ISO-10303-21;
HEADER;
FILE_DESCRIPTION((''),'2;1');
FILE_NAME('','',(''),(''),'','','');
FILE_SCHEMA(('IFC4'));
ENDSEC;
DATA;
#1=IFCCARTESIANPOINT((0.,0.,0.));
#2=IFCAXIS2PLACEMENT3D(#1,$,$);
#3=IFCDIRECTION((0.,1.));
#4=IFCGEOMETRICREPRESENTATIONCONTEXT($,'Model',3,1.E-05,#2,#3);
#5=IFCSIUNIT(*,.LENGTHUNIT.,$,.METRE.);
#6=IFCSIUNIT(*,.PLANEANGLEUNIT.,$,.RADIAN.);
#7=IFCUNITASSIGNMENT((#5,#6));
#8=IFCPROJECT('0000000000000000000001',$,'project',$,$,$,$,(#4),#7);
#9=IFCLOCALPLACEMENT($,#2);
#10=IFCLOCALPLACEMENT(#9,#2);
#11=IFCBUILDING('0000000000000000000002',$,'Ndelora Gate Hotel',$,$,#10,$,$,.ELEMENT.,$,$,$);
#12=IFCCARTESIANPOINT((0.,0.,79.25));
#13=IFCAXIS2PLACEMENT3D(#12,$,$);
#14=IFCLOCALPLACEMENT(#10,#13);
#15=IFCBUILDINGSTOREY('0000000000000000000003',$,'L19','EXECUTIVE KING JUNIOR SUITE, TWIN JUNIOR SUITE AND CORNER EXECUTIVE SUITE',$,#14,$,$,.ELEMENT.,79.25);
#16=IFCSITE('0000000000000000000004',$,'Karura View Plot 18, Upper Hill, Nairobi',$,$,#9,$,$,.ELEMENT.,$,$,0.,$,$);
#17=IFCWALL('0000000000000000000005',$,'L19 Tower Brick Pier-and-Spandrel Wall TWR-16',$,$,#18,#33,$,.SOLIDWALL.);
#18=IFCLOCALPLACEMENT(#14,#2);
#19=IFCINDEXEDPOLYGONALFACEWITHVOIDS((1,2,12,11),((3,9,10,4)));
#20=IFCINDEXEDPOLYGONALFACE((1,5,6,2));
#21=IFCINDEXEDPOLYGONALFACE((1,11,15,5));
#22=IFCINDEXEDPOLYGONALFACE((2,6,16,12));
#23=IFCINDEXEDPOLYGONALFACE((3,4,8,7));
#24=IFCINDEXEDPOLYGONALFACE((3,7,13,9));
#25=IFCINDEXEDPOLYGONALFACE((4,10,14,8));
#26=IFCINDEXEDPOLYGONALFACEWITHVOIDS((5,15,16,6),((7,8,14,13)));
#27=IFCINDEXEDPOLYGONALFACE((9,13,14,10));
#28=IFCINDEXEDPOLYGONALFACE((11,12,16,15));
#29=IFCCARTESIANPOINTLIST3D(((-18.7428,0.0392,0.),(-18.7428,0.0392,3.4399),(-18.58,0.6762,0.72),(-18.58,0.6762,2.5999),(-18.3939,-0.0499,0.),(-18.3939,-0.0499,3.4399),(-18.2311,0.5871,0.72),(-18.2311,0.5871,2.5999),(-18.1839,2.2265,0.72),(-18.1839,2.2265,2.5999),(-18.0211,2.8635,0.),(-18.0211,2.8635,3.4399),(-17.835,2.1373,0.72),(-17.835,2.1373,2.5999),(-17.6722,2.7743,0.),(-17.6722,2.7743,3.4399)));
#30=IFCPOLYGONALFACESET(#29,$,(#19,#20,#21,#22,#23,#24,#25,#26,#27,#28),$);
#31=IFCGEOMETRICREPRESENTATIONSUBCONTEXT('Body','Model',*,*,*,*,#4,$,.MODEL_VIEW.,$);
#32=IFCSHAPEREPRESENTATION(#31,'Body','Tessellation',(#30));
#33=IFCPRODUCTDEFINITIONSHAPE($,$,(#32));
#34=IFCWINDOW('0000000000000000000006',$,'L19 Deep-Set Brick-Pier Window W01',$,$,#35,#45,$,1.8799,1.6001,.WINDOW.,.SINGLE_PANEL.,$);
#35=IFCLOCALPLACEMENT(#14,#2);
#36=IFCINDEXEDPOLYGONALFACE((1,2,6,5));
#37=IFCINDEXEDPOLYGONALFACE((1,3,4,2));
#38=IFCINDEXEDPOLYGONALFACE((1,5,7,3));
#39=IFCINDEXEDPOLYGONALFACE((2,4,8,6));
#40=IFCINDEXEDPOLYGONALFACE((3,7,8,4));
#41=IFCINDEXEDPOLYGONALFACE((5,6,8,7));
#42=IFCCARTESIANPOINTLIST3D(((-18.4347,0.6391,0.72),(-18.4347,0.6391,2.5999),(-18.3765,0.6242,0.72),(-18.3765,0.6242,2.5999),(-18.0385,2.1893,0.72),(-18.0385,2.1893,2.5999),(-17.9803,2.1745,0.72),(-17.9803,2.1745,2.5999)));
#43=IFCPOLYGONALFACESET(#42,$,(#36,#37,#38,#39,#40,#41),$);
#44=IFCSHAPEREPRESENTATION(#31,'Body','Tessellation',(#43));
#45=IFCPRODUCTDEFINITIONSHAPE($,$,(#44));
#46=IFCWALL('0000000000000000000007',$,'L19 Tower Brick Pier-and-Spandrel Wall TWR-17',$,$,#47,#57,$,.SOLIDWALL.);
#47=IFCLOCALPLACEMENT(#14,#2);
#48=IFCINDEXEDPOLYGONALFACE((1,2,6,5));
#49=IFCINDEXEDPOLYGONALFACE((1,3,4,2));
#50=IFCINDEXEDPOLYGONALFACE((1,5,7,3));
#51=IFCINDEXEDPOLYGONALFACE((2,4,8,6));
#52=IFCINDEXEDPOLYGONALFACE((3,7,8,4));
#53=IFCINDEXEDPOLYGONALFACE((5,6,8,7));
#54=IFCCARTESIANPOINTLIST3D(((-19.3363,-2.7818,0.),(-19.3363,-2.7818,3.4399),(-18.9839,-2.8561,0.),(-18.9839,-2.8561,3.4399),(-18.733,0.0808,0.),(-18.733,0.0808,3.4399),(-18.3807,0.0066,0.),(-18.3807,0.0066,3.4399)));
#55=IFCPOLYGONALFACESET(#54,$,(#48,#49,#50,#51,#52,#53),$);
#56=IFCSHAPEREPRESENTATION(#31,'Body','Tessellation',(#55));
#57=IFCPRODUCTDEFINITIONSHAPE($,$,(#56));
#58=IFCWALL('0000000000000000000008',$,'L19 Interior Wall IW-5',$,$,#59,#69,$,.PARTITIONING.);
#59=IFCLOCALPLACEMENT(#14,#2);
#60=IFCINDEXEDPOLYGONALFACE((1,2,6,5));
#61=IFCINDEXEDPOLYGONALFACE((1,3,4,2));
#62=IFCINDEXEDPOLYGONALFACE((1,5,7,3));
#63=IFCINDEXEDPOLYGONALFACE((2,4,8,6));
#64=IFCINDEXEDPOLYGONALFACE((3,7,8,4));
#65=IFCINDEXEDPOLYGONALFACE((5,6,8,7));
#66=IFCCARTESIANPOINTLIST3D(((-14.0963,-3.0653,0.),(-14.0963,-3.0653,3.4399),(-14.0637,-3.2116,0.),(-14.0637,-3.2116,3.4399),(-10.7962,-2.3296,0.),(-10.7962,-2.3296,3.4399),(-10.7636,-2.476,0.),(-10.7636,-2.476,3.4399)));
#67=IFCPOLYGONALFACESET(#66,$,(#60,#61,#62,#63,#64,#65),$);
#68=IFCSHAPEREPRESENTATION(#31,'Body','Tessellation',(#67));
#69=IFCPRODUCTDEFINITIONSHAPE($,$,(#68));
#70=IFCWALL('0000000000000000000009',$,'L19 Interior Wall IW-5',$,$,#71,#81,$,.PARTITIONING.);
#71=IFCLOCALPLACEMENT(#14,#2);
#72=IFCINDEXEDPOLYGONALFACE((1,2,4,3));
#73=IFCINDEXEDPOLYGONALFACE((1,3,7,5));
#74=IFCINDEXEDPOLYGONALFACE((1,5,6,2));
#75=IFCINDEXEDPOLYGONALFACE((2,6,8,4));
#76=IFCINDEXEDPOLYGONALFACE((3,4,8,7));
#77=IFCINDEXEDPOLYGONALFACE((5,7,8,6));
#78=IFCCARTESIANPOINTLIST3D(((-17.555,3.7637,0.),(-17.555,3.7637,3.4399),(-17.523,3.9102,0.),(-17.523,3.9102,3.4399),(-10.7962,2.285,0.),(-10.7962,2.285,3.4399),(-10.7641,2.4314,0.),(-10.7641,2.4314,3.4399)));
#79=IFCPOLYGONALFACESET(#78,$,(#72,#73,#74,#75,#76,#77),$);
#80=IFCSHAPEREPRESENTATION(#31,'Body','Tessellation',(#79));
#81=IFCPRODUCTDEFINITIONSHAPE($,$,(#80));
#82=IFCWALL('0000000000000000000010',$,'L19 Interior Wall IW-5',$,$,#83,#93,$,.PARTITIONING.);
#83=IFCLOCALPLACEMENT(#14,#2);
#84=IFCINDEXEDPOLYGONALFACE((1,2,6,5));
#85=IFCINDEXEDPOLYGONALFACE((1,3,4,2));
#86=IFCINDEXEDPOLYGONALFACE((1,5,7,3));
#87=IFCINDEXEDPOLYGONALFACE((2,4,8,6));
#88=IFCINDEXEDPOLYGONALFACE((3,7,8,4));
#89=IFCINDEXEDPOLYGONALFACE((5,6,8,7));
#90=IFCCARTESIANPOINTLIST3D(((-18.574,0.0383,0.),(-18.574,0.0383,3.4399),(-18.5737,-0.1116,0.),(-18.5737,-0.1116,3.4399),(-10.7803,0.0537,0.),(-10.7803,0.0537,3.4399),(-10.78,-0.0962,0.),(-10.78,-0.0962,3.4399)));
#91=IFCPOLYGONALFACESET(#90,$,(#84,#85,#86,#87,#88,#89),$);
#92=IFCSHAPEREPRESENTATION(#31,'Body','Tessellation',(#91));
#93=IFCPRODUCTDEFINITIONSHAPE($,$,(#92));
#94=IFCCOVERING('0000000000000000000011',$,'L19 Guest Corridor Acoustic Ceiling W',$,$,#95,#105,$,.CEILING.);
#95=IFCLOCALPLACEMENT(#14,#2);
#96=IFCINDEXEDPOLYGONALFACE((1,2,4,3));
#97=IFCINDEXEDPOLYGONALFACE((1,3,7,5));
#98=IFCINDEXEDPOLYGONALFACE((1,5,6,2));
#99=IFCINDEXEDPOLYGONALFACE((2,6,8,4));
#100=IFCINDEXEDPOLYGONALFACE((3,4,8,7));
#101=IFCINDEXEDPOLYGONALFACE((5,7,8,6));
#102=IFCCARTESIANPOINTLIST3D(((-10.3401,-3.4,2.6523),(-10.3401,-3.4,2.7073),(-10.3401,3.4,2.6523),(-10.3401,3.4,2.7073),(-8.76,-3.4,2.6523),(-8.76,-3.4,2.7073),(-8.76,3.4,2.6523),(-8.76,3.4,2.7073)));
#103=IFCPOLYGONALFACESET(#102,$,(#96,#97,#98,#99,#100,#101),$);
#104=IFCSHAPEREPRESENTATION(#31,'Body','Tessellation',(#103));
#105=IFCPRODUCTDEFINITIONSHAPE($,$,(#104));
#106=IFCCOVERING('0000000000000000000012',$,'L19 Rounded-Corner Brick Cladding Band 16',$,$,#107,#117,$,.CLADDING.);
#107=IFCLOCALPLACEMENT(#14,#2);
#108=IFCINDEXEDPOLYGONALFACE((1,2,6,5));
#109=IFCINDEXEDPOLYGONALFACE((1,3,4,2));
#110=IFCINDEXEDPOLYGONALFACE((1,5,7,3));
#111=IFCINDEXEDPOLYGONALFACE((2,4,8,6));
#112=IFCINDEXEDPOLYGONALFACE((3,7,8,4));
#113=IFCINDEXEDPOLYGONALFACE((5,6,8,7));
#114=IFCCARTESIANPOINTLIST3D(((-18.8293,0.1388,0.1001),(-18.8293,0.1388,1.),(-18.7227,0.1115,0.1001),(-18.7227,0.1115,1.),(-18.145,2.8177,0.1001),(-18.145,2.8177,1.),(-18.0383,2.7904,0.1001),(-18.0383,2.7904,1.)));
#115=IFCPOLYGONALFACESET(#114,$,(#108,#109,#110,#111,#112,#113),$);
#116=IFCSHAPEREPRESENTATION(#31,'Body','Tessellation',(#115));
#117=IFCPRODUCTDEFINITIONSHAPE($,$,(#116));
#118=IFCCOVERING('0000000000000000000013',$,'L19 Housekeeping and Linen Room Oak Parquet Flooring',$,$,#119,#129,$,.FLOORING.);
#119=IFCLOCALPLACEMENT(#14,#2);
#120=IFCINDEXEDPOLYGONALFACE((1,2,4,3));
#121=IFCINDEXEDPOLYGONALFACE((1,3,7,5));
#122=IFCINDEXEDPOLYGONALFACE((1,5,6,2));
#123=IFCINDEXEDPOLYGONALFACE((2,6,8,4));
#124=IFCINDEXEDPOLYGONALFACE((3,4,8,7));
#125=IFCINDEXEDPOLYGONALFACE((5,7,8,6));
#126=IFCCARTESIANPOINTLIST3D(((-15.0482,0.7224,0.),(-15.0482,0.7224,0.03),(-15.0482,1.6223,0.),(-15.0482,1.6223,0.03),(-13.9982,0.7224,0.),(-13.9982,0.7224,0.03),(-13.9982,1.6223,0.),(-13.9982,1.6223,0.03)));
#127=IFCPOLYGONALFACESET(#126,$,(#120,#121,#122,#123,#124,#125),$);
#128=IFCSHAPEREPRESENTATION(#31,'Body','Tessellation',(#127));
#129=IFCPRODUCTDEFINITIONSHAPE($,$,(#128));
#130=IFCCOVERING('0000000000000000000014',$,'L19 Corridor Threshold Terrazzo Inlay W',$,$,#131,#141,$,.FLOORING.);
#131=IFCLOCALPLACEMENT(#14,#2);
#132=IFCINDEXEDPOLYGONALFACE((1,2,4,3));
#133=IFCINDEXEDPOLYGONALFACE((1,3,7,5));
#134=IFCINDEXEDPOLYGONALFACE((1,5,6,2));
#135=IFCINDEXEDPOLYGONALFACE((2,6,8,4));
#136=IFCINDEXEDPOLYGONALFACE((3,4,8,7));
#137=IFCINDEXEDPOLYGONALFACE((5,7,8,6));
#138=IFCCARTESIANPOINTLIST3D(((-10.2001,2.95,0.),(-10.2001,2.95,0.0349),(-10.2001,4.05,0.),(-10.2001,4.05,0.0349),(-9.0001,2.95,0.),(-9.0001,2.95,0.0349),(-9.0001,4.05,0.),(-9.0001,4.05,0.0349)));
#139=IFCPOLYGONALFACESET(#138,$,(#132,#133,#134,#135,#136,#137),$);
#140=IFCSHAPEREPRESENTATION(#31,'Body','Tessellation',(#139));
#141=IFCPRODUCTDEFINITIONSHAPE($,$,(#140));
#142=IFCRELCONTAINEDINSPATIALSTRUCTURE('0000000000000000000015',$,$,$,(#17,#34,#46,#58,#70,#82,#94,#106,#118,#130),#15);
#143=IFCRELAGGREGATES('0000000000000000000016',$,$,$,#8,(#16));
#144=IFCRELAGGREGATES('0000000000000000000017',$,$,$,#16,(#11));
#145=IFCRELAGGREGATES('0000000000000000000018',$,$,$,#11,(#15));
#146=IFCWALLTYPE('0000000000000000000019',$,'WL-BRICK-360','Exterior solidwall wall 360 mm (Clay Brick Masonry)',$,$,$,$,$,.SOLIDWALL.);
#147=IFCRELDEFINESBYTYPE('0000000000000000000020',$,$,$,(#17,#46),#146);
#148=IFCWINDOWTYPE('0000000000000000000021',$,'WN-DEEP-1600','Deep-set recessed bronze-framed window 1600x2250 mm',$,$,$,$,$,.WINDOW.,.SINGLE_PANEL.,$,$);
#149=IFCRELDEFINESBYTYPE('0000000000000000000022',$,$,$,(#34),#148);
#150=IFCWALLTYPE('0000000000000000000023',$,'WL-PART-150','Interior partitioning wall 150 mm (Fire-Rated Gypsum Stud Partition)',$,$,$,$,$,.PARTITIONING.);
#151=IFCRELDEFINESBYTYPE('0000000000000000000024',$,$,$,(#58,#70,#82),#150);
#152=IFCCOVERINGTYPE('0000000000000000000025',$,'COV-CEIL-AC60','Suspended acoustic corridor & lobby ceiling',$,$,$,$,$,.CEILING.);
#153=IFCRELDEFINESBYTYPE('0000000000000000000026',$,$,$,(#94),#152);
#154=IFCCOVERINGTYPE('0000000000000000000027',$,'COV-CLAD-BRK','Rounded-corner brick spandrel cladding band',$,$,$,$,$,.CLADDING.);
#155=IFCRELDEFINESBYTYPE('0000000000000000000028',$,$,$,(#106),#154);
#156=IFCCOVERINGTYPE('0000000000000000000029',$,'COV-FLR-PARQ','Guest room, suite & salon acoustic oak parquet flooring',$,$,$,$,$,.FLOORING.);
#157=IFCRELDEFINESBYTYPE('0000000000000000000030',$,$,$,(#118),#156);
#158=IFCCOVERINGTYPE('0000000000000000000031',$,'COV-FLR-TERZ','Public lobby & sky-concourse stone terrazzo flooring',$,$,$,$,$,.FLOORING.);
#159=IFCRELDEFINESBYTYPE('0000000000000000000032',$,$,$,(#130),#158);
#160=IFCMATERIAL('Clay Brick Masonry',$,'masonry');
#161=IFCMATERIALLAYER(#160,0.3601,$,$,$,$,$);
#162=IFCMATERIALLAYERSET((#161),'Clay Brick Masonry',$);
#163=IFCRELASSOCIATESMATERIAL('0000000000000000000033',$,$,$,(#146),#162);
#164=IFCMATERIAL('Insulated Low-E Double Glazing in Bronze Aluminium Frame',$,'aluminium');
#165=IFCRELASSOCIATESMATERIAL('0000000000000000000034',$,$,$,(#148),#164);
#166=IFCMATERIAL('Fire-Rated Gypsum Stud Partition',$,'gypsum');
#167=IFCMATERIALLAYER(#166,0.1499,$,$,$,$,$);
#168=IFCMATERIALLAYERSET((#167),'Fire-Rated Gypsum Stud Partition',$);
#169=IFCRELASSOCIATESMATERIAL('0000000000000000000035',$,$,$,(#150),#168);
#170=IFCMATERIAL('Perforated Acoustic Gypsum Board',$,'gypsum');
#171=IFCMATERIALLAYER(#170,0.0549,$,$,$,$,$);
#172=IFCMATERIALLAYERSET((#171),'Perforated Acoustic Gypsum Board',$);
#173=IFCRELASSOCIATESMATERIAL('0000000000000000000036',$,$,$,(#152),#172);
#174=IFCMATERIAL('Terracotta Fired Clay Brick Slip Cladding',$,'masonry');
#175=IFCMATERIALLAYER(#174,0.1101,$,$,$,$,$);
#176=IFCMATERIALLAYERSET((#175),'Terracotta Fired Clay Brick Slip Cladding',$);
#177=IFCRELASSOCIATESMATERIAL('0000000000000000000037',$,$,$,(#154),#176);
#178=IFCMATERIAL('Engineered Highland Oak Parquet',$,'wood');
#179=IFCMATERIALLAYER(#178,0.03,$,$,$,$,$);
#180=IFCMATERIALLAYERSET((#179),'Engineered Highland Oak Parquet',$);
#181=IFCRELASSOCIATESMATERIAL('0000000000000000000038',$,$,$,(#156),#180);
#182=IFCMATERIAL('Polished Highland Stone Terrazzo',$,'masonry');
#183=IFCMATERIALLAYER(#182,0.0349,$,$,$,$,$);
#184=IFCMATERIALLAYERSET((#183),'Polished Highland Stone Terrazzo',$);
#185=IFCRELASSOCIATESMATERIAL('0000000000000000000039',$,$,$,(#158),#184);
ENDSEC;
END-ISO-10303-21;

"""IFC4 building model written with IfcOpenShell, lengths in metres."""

from ifc_helpers import new_model, si_unit, direction, frame, frame_2d, origin, origin_2d, place, context, subcontext, project, spatial, rectangle, extrude, material, layer, layer_set, type_object, element, fill, save


model = new_model("IFC4")

# Units and contexts
model_context = context("Model", 3, precision=1e-05, world=origin(), true_north=direction((0.0, 1.0)))
body_context = subcontext(model_context, "Body", "Model", "MODEL_VIEW")
ifc_project = project(units=[si_unit("LENGTHUNIT", "METRE"), si_unit("PLANEANGLEUNIT", "RADIAN")], contexts=[model_context])

# Site, building, storey
site_placement = place(None, origin())
site = spatial("IfcSite", under=ifc_project, at=site_placement, Name="Karura View Plot 18, Upper Hill, Nairobi", CompositionType="ELEMENT", RefElevation=0.0)
building_placement = place(site_placement, origin())
building = spatial("IfcBuilding", under=site, at=building_placement, Name="Ndelora Gate Hotel", CompositionType="ELEMENT")
storey_placement = place(building_placement, frame((0.0, 0.0, 79.25)))
storey = spatial("IfcBuildingStorey", under=building, at=storey_placement, Name="L19", Description="EXECUTIVE KING JUNIOR SUITE, TWIN JUNIOR SUITE AND CORNER EXECUTIVE SUITE", CompositionType="ELEMENT", Elevation=79.25)

# Shared definitions
ifc_material_1 = material(Name="Clay Brick Masonry", Category="masonry")
ifc_layer_1 = layer(ifc_material_1, 0.3601)
ifc_layer_set_1 = layer_set([ifc_layer_1], Name="Clay Brick Masonry")
wall_type_1 = type_object("IfcWallType", Name="WL-BRICK-360", Description="Exterior solidwall wall 360 mm (Clay Brick Masonry)", PredefinedType="SOLIDWALL", material=ifc_layer_set_1)

# Wall, opening, window
wall_1_placement = place(storey_placement, frame((-18.5684, -0.0054, 0.0), z_axis=(0.0, 0.0, 1.0), x_axis=(0.247577, 0.968868, 0.0)))
wall_1 = element("IfcWall", 1, at=wall_1_placement, inside=storey, type_object=wall_type_1, Name="L19 Tower Brick Pier-and-Spandrel Wall TWR-16", PredefinedType="SOLIDWALL", context=body_context, shape_type="SweptSolid", body=[
    extrude(rectangle(XDim=2.915, YDim=0.3601, at=frame_2d((1.4575, 0.0))), origin(), (0.0, 0.0, 1.0), 3.4399),
])
opening_1_placement = place(wall_1_placement, frame((0.6575, 0.0, 0.72)))
opening_1 = element("IfcOpeningElement", 2, at=opening_1_placement, cuts=wall_1, PredefinedType="OPENING", context=body_context, shape_type="SweptSolid", body=[
    extrude(rectangle(XDim=1.6001, YDim=1.8799, at=frame_2d((0.8, 0.9399))), frame((0.0, 0.1899, 0.0), z_axis=(0.0, -1.0, 0.0), x_axis=(1.0, 0.0, 0.0)), (0.0, 0.0, 1.0), 0.3801),
])
ifc_material_2 = material(Name="Insulated Low-E Double Glazing in Bronze Aluminium Frame", Category="aluminium")
window_type = type_object("IfcWindowType", Name="WN-DEEP-1600", Description="Deep-set recessed bronze-framed window 1600x2250 mm", PartitioningType="SINGLE_PANEL", PredefinedType="WINDOW", material=ifc_material_2)
window_placement = place(opening_1_placement, origin())
window = element("IfcWindow", 3, at=window_placement, inside=storey, type_object=window_type, Name="L19 Deep-Set Brick-Pier Window W01", OverallHeight=1.8799, OverallWidth=1.6001, PartitioningType="SINGLE_PANEL", PredefinedType="WINDOW", context=body_context, shape_type="SweptSolid", body=[
    extrude(rectangle(XDim=1.6001, YDim=1.8799, at=frame_2d((0.8, 0.9399))), frame((0.0, 0.03, 0.0), z_axis=(0.0, -1.0, 0.0), x_axis=(1.0, 0.0, 0.0)), (0.0, 0.0, 1.0), 0.0601),
])
fill(opening_1, window)

# Wall
wall_2_placement = place(storey_placement, frame((-19.1602, -2.8191, 0.0), z_axis=(0.0, 0.0, 1.0), x_axis=(0.206217, 0.978506, 0.0)))
element("IfcWall", 4, at=wall_2_placement, inside=storey, type_object=wall_type_1, Name="L19 Tower Brick Pier-and-Spandrel Wall TWR-17", PredefinedType="SOLIDWALL", context=body_context, shape_type="SweptSolid", body=[
    extrude(rectangle(XDim=2.9255, YDim=0.3601, at=frame_2d((1.4629, 0.0))), origin(), (0.0, 0.0, 1.0), 3.4399),
])

# Walls
ifc_material_3 = material(Name="Fire-Rated Gypsum Stud Partition", Category="gypsum")
ifc_layer_2 = layer(ifc_material_3, 0.1499)
ifc_layer_set_2 = layer_set([ifc_layer_2], Name="Fire-Rated Gypsum Stud Partition")
wall_type_2 = type_object("IfcWallType", Name="WL-PART-150", Description="Interior partitioning wall 150 mm (Fire-Rated Gypsum Stud Partition)", PredefinedType="PARTITIONING", material=ifc_layer_set_2)
wall_3_placement = place(storey_placement, frame((-10.78, -2.4028, 0.0), z_axis=(0.0, 0.0, 1.0), x_axis=(-0.976046, -0.217565, 0.0)))
element("IfcWall", 5, at=wall_3_placement, inside=storey, type_object=wall_type_2, Name="L19 Interior Wall IW-5", PredefinedType="PARTITIONING", context=body_context, shape_type="SweptSolid", body=[
    extrude(rectangle(XDim=3.3811, YDim=0.1499, at=frame_2d((1.6904, 0.0))), origin(), (0.0, 0.0, 1.0), 3.4399),
])
wall_4_placement = place(storey_placement, frame((-10.78, 2.3582, 0.0), z_axis=(0.0, 0.0, 1.0), x_axis=(-0.976892, 0.213735, 0.0)))
element("IfcWall", 6, at=wall_4_placement, inside=storey, type_object=wall_type_2, Name="L19 Interior Wall IW-5", PredefinedType="PARTITIONING", context=body_context, shape_type="SweptSolid", body=[
    extrude(rectangle(XDim=6.9187, YDim=0.1499, at=frame_2d((3.4595, 0.0))), origin(), (0.0, 0.0, 1.0), 3.4399),
])
wall_5_placement = place(storey_placement, frame((-10.78, -0.0212, 0.0), z_axis=(0.0, 0.0, 1.0), x_axis=(-0.999998, -0.001973, 0.0)))
element("IfcWall", 7, at=wall_5_placement, inside=storey, type_object=wall_type_2, Name="L19 Interior Wall IW-5", PredefinedType="PARTITIONING", context=body_context, shape_type="SweptSolid", body=[
    extrude(rectangle(XDim=7.7937, YDim=0.1499, at=frame_2d((3.897, 0.0))), origin(), (0.0, 0.0, 1.0), 3.4399),
])

# Coverings
ifc_material_4 = material(Name="Perforated Acoustic Gypsum Board", Category="gypsum")
ifc_layer_3 = layer(ifc_material_4, 0.0549)
ifc_layer_set_3 = layer_set([ifc_layer_3], Name="Perforated Acoustic Gypsum Board")
covering_type_1 = type_object("IfcCoveringType", Name="COV-CEIL-AC60", Description="Suspended acoustic corridor & lobby ceiling", PredefinedType="CEILING", material=ifc_layer_set_3)
covering_1_placement = place(storey_placement, frame((-9.55, 0.0, 2.6523), z_axis=(0.0, 0.0, 1.0), x_axis=(1.0, 0.0, 0.0)))
element("IfcCovering", 8, at=covering_1_placement, inside=storey, type_object=covering_type_1, Name="L19 Guest Corridor Acoustic Ceiling W", PredefinedType="CEILING", context=body_context, shape_type="SweptSolid", body=[
    extrude(rectangle(XDim=1.5801, YDim=6.8, at=origin_2d()), origin(), (0.0, 0.0, 1.0), 0.0549),
])
ifc_material_5 = material(Name="Terracotta Fired Clay Brick Slip Cladding", Category="masonry")
ifc_layer_4 = layer(ifc_material_5, 0.1101)
ifc_layer_set_4 = layer_set([ifc_layer_4], Name="Terracotta Fired Clay Brick Slip Cladding")
covering_type_2 = type_object("IfcCoveringType", Name="COV-CLAD-BRK", Description="Rounded-corner brick spandrel cladding band", PredefinedType="CLADDING", material=ifc_layer_set_4)
covering_2_placement = place(storey_placement, frame((-18.4338, 1.4646, 0.1001), z_axis=(0.0, 0.0, 1.0), x_axis=(0.247506, 0.968886, 0.0)))
element("IfcCovering", 9, at=covering_2_placement, inside=storey, type_object=covering_type_2, Name="L19 Rounded-Corner Brick Cladding Band 16", PredefinedType="CLADDING", context=body_context, shape_type="SweptSolid", body=[
    extrude(rectangle(XDim=2.7649, YDim=0.1101, at=origin_2d()), origin(), (0.0, 0.0, 1.0), 0.8999),
])
ifc_material_6 = material(Name="Engineered Highland Oak Parquet", Category="wood")
ifc_layer_5 = layer(ifc_material_6, 0.03)
ifc_layer_set_5 = layer_set([ifc_layer_5], Name="Engineered Highland Oak Parquet")
covering_type_3 = type_object("IfcCoveringType", Name="COV-FLR-PARQ", Description="Guest room, suite & salon acoustic oak parquet flooring", PredefinedType="FLOORING", material=ifc_layer_set_5)
covering_3_placement = place(storey_placement, frame((-14.5232, 1.1724, 0.0), z_axis=(0.0, 0.0, 1.0), x_axis=(1.0, 0.0, 0.0)))
element("IfcCovering", 10, at=covering_3_placement, inside=storey, type_object=covering_type_3, Name="L19 Housekeeping and Linen Room Oak Parquet Flooring", PredefinedType="FLOORING", context=body_context, shape_type="SweptSolid", body=[
    extrude(rectangle(XDim=1.05, YDim=0.8999, at=origin_2d()), origin(), (0.0, 0.0, 1.0), 0.03),
])
ifc_material_7 = material(Name="Polished Highland Stone Terrazzo", Category="masonry")
ifc_layer_6 = layer(ifc_material_7, 0.0349)
ifc_layer_set_6 = layer_set([ifc_layer_6], Name="Polished Highland Stone Terrazzo")
covering_type_4 = type_object("IfcCoveringType", Name="COV-FLR-TERZ", Description="Public lobby & sky-concourse stone terrazzo flooring", PredefinedType="FLOORING", material=ifc_layer_set_6)
covering_4_placement = place(storey_placement, frame((-9.6001, 3.5, 0.0), z_axis=(0.0, 0.0, 1.0), x_axis=(1.0, 0.0, 0.0)))
element("IfcCovering", 11, at=covering_4_placement, inside=storey, type_object=covering_type_4, Name="L19 Corridor Threshold Terrazzo Inlay W", PredefinedType="FLOORING", context=body_context, shape_type="SweptSolid", body=[
    extrude(rectangle(XDim=1.2, YDim=1.1001, at=origin_2d()), origin(), (0.0, 0.0, 1.0), 0.0349),
])

save(model, "model.ifc")
